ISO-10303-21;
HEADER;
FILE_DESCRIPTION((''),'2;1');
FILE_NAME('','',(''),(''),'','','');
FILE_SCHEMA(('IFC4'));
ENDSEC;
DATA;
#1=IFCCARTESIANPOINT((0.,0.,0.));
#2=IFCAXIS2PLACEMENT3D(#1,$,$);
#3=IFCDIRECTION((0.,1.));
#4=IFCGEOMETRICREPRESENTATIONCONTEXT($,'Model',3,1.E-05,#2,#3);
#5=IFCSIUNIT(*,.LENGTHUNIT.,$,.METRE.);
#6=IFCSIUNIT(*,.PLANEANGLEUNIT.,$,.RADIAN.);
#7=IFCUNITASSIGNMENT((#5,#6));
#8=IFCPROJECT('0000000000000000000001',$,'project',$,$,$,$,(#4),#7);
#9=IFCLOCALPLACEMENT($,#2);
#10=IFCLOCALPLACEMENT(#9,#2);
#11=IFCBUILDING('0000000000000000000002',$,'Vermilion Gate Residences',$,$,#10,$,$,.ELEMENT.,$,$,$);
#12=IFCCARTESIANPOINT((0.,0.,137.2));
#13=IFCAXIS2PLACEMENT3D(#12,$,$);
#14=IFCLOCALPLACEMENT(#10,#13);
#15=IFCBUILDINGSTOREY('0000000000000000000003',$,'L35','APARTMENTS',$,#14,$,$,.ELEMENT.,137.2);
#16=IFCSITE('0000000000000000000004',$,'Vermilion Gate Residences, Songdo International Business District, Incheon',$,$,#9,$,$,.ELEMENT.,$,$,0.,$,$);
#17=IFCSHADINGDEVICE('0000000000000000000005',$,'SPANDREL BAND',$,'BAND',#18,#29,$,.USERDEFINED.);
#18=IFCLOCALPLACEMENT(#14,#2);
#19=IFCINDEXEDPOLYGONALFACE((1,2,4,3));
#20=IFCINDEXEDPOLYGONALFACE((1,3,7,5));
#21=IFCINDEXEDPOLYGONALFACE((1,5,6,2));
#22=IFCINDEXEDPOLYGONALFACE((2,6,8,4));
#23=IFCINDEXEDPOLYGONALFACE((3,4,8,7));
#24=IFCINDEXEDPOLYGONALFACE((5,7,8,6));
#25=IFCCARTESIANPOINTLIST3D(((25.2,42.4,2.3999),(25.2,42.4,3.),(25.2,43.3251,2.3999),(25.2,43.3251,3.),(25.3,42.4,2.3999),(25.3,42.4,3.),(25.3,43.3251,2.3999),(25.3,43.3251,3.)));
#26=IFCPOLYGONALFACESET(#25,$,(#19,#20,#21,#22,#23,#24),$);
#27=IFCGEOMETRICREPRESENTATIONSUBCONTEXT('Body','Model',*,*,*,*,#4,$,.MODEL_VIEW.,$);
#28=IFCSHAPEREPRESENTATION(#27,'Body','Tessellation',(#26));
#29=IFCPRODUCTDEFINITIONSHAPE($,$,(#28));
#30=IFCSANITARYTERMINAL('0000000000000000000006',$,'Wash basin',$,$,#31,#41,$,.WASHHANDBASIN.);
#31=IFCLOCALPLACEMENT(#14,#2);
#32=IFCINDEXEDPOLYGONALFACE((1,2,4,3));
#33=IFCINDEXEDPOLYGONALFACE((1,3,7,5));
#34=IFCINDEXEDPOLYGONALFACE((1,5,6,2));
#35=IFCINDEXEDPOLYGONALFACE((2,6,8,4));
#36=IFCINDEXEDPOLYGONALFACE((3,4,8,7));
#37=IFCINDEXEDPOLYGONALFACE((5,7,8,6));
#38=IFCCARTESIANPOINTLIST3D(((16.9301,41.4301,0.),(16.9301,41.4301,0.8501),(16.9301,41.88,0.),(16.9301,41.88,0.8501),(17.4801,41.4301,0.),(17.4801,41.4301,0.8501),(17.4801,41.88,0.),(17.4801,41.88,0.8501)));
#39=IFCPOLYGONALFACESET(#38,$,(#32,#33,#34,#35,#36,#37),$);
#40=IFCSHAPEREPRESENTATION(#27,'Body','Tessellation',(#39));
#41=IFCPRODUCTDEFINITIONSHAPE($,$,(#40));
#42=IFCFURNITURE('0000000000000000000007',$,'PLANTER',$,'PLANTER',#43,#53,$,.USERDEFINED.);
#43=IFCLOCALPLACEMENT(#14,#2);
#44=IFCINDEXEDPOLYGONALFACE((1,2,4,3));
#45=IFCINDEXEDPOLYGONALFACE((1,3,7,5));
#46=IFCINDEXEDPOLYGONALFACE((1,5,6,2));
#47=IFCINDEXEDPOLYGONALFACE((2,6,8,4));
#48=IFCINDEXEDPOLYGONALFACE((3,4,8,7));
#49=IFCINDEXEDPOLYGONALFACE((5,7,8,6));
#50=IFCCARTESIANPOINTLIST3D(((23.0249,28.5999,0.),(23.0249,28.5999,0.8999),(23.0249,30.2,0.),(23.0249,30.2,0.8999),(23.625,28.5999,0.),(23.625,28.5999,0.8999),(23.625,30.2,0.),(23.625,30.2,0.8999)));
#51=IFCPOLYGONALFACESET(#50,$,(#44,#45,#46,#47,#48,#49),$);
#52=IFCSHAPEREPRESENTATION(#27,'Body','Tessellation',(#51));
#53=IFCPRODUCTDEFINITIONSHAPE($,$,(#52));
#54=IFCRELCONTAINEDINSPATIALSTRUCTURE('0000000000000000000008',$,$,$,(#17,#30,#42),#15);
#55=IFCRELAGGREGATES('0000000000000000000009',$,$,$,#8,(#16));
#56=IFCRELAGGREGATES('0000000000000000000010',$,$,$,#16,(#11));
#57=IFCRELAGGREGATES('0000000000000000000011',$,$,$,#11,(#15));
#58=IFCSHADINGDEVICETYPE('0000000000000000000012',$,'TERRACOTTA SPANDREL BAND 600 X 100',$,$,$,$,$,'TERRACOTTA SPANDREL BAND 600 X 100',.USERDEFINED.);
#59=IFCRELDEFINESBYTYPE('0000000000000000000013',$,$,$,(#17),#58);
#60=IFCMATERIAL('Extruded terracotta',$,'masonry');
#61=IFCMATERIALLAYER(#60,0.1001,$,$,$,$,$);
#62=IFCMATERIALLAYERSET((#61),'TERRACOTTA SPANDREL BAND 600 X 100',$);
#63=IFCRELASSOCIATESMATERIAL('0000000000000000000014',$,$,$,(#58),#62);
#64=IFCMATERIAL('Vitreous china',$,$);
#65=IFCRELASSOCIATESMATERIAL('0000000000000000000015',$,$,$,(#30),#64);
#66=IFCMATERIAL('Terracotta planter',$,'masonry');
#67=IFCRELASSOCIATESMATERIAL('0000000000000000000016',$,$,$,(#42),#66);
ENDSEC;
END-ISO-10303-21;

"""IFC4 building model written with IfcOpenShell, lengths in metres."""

from ifc_helpers import new_model, si_unit, direction, frame, origin, origin_2d, place, context, subcontext, project, spatial, rectangle, extrude, material, layer, layer_set, type_object, element, save


model = new_model("IFC4")

# Units and contexts
model_context = context("Model", 3, precision=1e-05, world=origin(), true_north=direction((0.0, 1.0)))
body_context = subcontext(model_context, "Body", "Model", "MODEL_VIEW")
ifc_project = project(units=[si_unit("LENGTHUNIT", "METRE"), si_unit("PLANEANGLEUNIT", "RADIAN")], contexts=[model_context])

# Site, building, storey
site_placement = place(None, origin())
site = spatial("IfcSite", under=ifc_project, at=site_placement, Name="Vermilion Gate Residences, Songdo International Business District, Incheon", CompositionType="ELEMENT", RefElevation=0.0)
building_placement = place(site_placement, origin())
building = spatial("IfcBuilding", under=site, at=building_placement, Name="Vermilion Gate Residences", CompositionType="ELEMENT")
storey_placement = place(building_placement, frame((0.0, 0.0, 137.2)))
storey = spatial("IfcBuildingStorey", under=building, at=storey_placement, Name="L35", Description="APARTMENTS", CompositionType="ELEMENT", Elevation=137.2)

# Shading device
ifc_material_1 = material(Name="Extruded terracotta", Category="masonry")
ifc_layer_1 = layer(ifc_material_1, 0.1001)
ifc_layer_set_1 = layer_set([ifc_layer_1], Name="TERRACOTTA SPANDREL BAND 600 X 100")
shading_device_type = type_object("IfcShadingDeviceType", Name="TERRACOTTA SPANDREL BAND 600 X 100", ElementType="TERRACOTTA SPANDREL BAND 600 X 100", PredefinedType="USERDEFINED", material=ifc_layer_set_1)
shading_device_placement = place(storey_placement, frame((25.25, 42.8625, 2.3999), z_axis=(0.0, 0.0, 1.0), x_axis=(0.0, 1.0, 0.0)))
element("IfcShadingDevice", 1, at=shading_device_placement, inside=storey, type_object=shading_device_type, Name="SPANDREL BAND", ObjectType="BAND", PredefinedType="USERDEFINED", context=body_context, shape_type="SweptSolid", body=[
    extrude(rectangle(XDim=0.925, YDim=0.1001, at=origin_2d()), origin(), (0.0, 0.0, 1.0), 0.6001),
])

# Sanitary terminal
ifc_material_2 = material(Name="Vitreous china")
sanitary_terminal_placement = place(storey_placement, frame((17.2051, 41.655, 0.0), z_axis=(0.0, 0.0, 1.0), x_axis=(1.0, 0.0, 0.0)))
element("IfcSanitaryTerminal", 2, at=sanitary_terminal_placement, inside=storey, material=ifc_material_2, Name="Wash basin", PredefinedType="WASHHANDBASIN", context=body_context, shape_type="SweptSolid", body=[
    extrude(rectangle(XDim=0.55, YDim=0.45, at=origin_2d()), origin(), (0.0, 0.0, 1.0), 0.8501),
])

# Furniture
ifc_material_3 = material(Name="Terracotta planter", Category="masonry")
furniture_placement = place(storey_placement, frame((23.325, 29.3999, 0.0), z_axis=(0.0, 0.0, 1.0), x_axis=(0.0, 1.0, 0.0)))
element("IfcFurniture", 3, at=furniture_placement, inside=storey, material=ifc_material_3, Name="PLANTER", ObjectType="PLANTER", PredefinedType="USERDEFINED", context=body_context, shape_type="SweptSolid", body=[
    extrude(rectangle(XDim=1.6001, YDim=0.6001, at=origin_2d()), origin(), (0.0, 0.0, 1.0), 0.8999),
])

save(model, "model.ifc")
